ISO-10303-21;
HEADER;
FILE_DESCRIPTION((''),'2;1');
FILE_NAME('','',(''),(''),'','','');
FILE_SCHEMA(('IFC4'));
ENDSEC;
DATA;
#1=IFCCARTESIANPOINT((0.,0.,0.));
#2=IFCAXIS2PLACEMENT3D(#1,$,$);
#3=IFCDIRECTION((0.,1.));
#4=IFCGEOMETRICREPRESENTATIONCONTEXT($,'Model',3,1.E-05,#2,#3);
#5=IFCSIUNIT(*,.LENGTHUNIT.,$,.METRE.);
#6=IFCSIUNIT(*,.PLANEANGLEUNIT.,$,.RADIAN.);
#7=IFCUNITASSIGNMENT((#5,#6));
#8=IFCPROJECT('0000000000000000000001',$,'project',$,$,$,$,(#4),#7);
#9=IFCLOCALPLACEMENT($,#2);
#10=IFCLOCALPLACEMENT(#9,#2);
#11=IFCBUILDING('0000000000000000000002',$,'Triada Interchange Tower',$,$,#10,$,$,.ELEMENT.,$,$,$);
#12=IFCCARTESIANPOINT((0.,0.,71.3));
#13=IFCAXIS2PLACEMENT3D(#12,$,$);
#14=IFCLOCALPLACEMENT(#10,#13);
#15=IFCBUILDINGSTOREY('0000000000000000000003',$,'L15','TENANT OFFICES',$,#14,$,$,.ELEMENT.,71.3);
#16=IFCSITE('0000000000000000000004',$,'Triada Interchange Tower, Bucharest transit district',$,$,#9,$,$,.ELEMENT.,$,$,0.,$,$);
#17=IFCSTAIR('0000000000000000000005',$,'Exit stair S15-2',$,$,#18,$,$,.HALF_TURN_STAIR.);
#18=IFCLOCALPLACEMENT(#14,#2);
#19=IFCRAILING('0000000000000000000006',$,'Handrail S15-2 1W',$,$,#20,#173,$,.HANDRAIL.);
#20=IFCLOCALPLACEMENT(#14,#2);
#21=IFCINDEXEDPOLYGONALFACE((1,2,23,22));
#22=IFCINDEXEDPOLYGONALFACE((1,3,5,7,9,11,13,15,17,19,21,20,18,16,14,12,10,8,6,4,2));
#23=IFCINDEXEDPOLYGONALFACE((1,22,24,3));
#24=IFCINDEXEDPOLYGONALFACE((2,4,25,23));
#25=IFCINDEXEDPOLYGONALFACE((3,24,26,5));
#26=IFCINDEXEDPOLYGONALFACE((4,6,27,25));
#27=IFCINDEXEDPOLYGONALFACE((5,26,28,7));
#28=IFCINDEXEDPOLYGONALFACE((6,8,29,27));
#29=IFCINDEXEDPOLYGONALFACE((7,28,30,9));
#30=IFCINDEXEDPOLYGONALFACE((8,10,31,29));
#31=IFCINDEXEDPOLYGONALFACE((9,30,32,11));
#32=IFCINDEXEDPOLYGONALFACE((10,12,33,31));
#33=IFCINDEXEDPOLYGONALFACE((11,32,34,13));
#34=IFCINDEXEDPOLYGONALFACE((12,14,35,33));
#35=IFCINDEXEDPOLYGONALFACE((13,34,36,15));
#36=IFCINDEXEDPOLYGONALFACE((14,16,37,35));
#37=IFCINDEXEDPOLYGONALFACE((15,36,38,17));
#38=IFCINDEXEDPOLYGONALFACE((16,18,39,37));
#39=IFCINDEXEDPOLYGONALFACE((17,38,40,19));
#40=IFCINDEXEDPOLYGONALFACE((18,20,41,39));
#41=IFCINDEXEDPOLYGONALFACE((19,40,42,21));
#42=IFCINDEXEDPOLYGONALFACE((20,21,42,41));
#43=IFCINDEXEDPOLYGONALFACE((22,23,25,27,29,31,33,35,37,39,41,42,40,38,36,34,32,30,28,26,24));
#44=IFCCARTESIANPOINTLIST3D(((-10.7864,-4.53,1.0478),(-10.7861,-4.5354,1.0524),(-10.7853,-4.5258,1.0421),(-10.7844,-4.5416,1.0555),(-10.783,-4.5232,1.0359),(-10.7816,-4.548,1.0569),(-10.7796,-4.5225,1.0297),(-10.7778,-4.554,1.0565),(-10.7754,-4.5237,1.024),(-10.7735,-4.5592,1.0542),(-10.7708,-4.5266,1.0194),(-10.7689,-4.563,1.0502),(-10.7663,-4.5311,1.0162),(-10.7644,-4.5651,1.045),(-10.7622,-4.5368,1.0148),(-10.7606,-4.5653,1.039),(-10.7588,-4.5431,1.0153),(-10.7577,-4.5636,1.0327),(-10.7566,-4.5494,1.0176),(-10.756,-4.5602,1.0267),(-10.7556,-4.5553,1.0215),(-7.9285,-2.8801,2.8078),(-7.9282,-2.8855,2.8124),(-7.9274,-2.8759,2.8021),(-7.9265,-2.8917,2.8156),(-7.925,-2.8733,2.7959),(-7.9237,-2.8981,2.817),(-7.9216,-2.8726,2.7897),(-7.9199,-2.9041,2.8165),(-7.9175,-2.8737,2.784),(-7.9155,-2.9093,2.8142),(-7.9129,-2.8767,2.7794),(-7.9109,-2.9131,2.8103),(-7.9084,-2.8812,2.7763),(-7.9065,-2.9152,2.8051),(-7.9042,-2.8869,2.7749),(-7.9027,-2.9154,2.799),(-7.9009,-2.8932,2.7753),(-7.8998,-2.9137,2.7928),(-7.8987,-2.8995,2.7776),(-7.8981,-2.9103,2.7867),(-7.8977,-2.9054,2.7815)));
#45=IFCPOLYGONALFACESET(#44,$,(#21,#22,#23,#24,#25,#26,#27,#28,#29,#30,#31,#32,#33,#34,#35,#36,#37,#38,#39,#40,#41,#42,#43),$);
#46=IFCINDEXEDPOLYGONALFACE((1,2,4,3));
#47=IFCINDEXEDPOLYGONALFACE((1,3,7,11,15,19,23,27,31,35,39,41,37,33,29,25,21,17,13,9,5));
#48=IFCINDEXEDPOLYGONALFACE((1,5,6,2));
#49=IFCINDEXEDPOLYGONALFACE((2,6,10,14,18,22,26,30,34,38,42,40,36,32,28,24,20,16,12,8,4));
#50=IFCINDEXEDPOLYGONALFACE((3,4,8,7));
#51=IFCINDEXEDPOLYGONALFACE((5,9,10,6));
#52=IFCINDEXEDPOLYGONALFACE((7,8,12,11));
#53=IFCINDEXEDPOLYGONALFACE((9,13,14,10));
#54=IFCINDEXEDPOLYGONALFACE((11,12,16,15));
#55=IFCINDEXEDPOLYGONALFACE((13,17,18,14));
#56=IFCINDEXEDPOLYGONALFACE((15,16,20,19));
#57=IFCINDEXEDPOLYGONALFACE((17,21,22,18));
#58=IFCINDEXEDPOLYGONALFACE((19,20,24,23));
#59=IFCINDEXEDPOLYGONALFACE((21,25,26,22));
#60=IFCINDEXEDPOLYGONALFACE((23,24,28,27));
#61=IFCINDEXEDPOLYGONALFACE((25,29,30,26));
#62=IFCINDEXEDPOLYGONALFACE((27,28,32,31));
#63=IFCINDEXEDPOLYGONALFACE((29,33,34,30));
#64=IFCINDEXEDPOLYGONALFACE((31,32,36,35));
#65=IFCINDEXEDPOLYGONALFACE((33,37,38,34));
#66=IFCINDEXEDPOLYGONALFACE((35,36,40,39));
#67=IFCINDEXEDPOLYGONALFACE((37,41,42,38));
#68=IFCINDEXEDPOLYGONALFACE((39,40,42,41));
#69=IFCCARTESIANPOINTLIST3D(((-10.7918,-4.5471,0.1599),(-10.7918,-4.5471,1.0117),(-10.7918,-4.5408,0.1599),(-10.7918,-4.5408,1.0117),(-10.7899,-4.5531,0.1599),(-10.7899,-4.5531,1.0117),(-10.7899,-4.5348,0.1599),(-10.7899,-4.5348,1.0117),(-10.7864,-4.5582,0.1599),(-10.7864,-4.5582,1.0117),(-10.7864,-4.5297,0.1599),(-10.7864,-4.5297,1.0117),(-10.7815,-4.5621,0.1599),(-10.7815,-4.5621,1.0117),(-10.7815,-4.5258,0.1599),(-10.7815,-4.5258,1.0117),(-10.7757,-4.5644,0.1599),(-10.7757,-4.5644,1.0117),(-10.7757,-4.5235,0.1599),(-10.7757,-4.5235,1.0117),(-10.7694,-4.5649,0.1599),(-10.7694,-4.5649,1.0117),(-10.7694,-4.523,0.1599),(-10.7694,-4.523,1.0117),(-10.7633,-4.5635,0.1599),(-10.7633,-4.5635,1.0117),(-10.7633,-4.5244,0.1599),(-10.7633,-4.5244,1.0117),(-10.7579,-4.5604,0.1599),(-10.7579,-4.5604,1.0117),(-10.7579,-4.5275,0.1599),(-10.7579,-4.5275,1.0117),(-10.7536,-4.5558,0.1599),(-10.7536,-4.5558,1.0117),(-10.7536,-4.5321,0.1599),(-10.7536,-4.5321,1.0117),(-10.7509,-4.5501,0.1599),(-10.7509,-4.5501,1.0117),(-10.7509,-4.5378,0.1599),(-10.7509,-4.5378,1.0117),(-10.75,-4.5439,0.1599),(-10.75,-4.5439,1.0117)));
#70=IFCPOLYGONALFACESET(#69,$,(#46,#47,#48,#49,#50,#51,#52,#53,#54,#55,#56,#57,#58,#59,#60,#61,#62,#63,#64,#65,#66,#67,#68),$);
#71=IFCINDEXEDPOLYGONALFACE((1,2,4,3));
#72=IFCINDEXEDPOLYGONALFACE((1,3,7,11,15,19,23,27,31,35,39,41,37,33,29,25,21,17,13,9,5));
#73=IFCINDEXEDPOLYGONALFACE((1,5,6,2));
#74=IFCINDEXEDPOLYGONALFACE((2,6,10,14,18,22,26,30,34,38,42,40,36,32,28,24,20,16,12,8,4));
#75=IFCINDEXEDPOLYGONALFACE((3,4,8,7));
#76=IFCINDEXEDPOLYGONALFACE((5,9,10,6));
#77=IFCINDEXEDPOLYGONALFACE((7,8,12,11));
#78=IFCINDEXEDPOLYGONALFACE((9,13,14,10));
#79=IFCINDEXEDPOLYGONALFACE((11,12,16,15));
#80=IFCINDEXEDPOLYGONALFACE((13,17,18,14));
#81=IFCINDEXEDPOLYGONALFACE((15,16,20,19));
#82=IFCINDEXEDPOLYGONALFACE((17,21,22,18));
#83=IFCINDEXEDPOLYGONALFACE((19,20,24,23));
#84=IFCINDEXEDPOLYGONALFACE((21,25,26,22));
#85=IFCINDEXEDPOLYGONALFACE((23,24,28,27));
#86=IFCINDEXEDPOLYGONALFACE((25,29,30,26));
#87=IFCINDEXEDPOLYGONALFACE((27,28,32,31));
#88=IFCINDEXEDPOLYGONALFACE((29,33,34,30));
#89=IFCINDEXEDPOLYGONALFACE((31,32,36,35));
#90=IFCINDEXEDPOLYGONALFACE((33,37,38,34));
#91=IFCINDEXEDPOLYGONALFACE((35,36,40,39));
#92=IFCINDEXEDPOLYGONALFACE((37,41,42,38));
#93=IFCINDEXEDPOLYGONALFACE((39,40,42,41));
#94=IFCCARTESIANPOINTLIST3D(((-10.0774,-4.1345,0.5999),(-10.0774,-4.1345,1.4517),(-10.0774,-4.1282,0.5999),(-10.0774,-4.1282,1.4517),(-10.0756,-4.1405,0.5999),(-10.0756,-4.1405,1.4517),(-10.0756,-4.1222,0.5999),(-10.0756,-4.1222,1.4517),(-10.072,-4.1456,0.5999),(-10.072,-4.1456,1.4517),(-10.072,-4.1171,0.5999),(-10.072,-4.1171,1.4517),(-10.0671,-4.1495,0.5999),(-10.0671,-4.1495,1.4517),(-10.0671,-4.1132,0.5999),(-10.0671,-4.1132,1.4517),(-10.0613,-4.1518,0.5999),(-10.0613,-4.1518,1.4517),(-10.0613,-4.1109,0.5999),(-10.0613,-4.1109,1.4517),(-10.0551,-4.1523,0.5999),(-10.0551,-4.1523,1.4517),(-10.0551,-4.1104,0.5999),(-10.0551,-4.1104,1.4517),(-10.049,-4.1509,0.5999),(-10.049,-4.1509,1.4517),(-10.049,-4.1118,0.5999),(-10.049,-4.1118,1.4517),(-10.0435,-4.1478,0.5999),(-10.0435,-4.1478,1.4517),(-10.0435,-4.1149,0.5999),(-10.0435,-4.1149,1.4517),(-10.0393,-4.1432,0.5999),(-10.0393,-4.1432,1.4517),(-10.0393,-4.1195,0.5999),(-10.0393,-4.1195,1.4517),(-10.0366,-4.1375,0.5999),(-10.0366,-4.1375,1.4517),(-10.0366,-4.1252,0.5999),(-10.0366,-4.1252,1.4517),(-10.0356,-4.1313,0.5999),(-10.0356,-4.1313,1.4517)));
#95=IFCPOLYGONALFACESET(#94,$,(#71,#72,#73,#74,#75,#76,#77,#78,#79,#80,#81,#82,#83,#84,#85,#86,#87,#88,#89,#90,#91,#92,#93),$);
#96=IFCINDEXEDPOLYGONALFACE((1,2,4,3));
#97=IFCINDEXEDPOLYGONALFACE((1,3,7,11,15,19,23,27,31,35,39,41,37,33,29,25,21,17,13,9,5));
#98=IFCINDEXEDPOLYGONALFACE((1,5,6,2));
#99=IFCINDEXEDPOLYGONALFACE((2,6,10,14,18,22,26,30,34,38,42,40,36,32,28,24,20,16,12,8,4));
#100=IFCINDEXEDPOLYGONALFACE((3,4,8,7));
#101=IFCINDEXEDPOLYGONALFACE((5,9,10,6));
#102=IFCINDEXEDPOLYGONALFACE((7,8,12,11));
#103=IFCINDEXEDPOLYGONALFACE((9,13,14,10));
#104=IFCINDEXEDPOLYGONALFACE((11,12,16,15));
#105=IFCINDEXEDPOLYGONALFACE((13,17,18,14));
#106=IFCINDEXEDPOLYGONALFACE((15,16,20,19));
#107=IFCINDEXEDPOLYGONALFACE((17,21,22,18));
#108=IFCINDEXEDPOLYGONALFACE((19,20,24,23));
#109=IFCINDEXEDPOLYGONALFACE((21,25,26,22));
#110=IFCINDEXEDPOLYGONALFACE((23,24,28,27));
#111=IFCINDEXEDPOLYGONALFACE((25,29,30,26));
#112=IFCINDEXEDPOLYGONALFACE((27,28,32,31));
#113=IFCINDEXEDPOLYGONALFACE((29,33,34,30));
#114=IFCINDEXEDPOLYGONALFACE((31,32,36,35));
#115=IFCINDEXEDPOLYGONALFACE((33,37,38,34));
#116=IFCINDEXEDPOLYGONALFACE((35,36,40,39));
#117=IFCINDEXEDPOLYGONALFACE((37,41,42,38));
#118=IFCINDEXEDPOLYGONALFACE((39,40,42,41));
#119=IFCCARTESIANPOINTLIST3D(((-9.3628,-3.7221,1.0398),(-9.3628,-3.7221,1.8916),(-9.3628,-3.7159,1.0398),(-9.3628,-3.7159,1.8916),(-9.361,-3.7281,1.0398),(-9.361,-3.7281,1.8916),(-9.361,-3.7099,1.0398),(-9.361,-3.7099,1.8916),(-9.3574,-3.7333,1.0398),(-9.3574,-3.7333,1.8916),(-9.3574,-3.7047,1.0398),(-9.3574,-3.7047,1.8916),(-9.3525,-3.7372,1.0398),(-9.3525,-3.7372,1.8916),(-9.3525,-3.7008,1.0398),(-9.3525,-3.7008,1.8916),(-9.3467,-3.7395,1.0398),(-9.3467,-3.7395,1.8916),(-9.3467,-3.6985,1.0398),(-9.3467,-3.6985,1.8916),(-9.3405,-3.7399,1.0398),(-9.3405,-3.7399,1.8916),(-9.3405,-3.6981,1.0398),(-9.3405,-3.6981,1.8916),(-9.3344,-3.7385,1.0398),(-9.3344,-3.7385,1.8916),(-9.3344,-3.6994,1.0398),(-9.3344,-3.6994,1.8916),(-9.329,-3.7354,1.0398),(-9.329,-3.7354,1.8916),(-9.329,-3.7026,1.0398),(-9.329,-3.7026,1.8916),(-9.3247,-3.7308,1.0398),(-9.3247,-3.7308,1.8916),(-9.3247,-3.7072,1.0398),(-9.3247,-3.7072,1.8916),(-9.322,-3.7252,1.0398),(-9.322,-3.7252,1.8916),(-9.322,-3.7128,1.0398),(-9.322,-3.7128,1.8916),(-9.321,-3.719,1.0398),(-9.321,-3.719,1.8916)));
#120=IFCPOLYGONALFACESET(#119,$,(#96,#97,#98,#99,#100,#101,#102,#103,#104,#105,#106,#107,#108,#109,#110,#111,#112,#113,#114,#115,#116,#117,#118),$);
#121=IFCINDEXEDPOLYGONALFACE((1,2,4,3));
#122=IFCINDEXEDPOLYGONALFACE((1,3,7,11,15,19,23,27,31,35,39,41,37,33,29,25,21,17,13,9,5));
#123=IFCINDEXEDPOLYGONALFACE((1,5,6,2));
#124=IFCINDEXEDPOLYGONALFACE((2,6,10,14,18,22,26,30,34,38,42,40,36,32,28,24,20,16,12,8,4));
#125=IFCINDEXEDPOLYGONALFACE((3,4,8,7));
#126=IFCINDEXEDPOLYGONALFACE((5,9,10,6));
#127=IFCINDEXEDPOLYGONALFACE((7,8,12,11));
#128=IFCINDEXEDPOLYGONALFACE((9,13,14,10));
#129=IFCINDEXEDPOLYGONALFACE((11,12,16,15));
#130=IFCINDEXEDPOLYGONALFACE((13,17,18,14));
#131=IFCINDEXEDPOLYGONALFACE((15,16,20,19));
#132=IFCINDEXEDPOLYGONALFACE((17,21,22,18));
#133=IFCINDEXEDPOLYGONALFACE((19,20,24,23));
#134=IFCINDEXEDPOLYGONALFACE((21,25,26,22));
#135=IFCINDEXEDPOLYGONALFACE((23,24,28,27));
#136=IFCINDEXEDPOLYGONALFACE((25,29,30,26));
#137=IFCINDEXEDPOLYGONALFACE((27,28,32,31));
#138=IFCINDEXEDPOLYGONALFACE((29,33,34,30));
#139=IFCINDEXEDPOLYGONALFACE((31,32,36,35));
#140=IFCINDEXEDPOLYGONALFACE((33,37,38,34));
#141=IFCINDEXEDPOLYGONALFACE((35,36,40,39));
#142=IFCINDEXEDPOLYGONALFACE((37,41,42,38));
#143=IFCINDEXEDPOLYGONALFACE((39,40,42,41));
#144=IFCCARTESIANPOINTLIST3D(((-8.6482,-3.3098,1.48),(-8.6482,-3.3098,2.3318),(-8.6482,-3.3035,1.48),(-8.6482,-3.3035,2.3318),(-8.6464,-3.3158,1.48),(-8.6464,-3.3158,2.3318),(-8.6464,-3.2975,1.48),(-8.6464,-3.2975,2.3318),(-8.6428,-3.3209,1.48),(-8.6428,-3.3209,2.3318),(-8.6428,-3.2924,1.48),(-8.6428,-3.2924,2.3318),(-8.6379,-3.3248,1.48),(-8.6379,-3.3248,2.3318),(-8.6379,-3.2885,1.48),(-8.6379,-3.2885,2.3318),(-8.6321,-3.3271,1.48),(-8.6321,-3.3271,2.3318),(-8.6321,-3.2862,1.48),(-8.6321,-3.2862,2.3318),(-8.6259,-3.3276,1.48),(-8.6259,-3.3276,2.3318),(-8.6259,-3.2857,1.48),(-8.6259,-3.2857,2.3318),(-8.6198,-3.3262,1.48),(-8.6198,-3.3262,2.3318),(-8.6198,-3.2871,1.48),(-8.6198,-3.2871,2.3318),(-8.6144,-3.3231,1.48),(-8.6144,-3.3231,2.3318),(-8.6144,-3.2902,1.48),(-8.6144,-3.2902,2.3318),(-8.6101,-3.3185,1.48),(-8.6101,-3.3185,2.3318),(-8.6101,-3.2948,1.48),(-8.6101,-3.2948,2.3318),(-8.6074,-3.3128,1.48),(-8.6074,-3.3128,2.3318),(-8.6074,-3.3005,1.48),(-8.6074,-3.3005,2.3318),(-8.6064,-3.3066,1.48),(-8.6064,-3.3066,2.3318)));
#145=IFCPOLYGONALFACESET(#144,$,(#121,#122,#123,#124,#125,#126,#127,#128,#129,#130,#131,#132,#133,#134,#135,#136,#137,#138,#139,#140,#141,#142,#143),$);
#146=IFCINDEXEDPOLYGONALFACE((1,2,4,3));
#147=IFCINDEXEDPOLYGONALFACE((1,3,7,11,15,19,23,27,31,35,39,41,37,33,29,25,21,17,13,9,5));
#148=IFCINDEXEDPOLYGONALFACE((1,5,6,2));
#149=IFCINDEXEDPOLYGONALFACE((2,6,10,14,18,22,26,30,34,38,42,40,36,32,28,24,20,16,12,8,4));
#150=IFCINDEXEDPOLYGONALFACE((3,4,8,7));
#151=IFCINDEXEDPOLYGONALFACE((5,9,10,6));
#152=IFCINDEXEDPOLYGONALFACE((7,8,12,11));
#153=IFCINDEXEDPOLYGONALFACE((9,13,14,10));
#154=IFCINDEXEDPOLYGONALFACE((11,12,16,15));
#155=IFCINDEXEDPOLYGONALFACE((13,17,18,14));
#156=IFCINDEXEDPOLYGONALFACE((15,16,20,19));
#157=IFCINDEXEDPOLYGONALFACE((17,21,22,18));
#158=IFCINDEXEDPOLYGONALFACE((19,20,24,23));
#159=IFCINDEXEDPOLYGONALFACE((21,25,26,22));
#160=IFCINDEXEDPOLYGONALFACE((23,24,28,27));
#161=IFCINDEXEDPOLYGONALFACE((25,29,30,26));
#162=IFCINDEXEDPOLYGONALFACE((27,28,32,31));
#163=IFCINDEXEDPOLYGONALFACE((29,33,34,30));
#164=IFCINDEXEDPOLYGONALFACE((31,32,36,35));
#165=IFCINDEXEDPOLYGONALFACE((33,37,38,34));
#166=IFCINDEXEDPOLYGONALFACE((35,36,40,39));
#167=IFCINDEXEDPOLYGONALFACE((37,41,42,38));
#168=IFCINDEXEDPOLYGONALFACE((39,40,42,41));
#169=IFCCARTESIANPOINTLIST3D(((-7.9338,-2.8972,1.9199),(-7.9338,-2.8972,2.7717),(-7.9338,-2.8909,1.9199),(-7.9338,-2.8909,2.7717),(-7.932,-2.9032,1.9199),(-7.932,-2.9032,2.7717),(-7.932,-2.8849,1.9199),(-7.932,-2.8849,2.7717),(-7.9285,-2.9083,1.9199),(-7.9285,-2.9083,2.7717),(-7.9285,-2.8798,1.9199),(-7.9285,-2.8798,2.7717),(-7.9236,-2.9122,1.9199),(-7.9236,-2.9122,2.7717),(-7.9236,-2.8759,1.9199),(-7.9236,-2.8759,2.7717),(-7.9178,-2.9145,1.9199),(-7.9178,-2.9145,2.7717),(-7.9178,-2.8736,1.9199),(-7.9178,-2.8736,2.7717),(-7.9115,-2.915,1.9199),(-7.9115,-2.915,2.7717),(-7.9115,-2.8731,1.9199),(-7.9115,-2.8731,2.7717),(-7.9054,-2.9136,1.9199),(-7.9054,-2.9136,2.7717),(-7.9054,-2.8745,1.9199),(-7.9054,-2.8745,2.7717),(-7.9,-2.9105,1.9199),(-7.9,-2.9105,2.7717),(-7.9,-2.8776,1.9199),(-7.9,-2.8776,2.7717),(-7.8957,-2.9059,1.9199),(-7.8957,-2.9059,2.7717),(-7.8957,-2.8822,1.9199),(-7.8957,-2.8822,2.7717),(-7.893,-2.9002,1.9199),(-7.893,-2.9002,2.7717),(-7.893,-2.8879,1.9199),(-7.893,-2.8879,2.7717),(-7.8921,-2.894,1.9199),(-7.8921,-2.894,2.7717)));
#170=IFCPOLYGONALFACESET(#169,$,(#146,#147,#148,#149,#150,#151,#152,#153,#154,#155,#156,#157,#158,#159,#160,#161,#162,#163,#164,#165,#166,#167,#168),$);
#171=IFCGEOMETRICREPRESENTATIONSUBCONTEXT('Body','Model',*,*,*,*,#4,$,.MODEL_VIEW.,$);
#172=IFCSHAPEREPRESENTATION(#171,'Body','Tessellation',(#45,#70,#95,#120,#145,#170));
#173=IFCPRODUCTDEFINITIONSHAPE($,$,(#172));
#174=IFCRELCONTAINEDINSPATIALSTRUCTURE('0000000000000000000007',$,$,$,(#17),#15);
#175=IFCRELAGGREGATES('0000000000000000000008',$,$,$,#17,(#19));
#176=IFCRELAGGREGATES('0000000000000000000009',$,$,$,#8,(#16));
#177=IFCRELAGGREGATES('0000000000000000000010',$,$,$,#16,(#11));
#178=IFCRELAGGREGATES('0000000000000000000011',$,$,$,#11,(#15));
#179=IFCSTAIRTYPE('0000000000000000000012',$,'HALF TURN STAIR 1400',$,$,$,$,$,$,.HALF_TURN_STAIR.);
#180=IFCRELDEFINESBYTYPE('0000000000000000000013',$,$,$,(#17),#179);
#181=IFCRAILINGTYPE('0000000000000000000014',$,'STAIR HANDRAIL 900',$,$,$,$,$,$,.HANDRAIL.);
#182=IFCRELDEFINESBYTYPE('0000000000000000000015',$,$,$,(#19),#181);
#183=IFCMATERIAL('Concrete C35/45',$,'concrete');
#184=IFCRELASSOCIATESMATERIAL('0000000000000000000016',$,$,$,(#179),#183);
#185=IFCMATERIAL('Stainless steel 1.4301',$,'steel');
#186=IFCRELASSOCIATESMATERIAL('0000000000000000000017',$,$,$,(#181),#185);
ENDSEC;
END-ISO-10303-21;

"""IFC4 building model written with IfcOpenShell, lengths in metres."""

from ifc_helpers import new_model, si_unit, direction, frame, origin, origin_2d, place, context, subcontext, project, spatial, circle, extrude, material, type_object, element, aggregate, save


model = new_model("IFC4")

# Units and contexts
model_context = context("Model", 3, precision=1e-05, world=origin(), true_north=direction((0.0, 1.0)))
body_context = subcontext(model_context, "Body", "Model", "MODEL_VIEW")
ifc_project = project(units=[si_unit("LENGTHUNIT", "METRE"), si_unit("PLANEANGLEUNIT", "RADIAN")], contexts=[model_context])

# Site, building, storey
site_placement = place(None, origin())
site = spatial("IfcSite", under=ifc_project, at=site_placement, Name="Triada Interchange Tower, Bucharest transit district", CompositionType="ELEMENT", RefElevation=0.0)
building_placement = place(site_placement, origin())
building = spatial("IfcBuilding", under=site, at=building_placement, Name="Triada Interchange Tower", CompositionType="ELEMENT")
storey_placement = place(building_placement, frame((0.0, 0.0, 71.3)))
storey = spatial("IfcBuildingStorey", under=building, at=storey_placement, Name="L15", Description="TENANT OFFICES", CompositionType="ELEMENT", Elevation=71.3)

# Stair, railing
ifc_material_1 = material(Name="Concrete C35/45", Category="concrete")
stair_type = type_object("IfcStairType", Name="HALF TURN STAIR 1400", PredefinedType="HALF_TURN_STAIR", material=ifc_material_1)
stair_placement = place(storey_placement, origin())
stair = element("IfcStair", 1, at=stair_placement, inside=storey, type_object=stair_type, Name="Exit stair S15-2", PredefinedType="HALF_TURN_STAIR")
ifc_material_2 = material(Name="Stainless steel 1.4301", Category="steel")
railing_type = type_object("IfcRailingType", Name="STAIR HANDRAIL 900", PredefinedType="HANDRAIL", material=ifc_material_2)
railing_1_placement = place(storey_placement, frame((-10.771, -4.5439, 0.1599)))
railing_1 = element("IfcRailing", 2, at=railing_1_placement, type_object=railing_type, Name="Handrail S15-2 1W", PredefinedType="HANDRAIL", context=body_context, shape_type="SweptSolid", body=[
    extrude(circle(Radius=0.0239, at=origin_2d()), frame((0.0, 0.0, 0.876), z_axis=(0.764151, 0.441153, 0.470593), x_axis=(-0.499974, 0.86604, 0.0)), (0.0, 0.0, 1.0), 3.74),
    extrude(circle(Radius=0.021, at=origin_2d()), origin(), (0.0, 0.0, 1.0), 0.8518),
    extrude(circle(Radius=0.021, at=origin_2d()), frame((0.7144, 0.4126, 0.4399)), (0.0, 0.0, 1.0), 0.8518),
    extrude(circle(Radius=0.021, at=origin_2d()), frame((1.429, 0.825, 0.8799)), (0.0, 0.0, 1.0), 0.8518),
    extrude(circle(Radius=0.021, at=origin_2d()), frame((2.1436, 1.2373, 1.3201)), (0.0, 0.0, 1.0), 0.8518),
    extrude(circle(Radius=0.021, at=origin_2d()), frame((2.8579, 1.6499, 1.76)), (0.0, 0.0, 1.0), 0.8518),
])
aggregate(stair, [railing_1])

save(model, "model.ifc")
